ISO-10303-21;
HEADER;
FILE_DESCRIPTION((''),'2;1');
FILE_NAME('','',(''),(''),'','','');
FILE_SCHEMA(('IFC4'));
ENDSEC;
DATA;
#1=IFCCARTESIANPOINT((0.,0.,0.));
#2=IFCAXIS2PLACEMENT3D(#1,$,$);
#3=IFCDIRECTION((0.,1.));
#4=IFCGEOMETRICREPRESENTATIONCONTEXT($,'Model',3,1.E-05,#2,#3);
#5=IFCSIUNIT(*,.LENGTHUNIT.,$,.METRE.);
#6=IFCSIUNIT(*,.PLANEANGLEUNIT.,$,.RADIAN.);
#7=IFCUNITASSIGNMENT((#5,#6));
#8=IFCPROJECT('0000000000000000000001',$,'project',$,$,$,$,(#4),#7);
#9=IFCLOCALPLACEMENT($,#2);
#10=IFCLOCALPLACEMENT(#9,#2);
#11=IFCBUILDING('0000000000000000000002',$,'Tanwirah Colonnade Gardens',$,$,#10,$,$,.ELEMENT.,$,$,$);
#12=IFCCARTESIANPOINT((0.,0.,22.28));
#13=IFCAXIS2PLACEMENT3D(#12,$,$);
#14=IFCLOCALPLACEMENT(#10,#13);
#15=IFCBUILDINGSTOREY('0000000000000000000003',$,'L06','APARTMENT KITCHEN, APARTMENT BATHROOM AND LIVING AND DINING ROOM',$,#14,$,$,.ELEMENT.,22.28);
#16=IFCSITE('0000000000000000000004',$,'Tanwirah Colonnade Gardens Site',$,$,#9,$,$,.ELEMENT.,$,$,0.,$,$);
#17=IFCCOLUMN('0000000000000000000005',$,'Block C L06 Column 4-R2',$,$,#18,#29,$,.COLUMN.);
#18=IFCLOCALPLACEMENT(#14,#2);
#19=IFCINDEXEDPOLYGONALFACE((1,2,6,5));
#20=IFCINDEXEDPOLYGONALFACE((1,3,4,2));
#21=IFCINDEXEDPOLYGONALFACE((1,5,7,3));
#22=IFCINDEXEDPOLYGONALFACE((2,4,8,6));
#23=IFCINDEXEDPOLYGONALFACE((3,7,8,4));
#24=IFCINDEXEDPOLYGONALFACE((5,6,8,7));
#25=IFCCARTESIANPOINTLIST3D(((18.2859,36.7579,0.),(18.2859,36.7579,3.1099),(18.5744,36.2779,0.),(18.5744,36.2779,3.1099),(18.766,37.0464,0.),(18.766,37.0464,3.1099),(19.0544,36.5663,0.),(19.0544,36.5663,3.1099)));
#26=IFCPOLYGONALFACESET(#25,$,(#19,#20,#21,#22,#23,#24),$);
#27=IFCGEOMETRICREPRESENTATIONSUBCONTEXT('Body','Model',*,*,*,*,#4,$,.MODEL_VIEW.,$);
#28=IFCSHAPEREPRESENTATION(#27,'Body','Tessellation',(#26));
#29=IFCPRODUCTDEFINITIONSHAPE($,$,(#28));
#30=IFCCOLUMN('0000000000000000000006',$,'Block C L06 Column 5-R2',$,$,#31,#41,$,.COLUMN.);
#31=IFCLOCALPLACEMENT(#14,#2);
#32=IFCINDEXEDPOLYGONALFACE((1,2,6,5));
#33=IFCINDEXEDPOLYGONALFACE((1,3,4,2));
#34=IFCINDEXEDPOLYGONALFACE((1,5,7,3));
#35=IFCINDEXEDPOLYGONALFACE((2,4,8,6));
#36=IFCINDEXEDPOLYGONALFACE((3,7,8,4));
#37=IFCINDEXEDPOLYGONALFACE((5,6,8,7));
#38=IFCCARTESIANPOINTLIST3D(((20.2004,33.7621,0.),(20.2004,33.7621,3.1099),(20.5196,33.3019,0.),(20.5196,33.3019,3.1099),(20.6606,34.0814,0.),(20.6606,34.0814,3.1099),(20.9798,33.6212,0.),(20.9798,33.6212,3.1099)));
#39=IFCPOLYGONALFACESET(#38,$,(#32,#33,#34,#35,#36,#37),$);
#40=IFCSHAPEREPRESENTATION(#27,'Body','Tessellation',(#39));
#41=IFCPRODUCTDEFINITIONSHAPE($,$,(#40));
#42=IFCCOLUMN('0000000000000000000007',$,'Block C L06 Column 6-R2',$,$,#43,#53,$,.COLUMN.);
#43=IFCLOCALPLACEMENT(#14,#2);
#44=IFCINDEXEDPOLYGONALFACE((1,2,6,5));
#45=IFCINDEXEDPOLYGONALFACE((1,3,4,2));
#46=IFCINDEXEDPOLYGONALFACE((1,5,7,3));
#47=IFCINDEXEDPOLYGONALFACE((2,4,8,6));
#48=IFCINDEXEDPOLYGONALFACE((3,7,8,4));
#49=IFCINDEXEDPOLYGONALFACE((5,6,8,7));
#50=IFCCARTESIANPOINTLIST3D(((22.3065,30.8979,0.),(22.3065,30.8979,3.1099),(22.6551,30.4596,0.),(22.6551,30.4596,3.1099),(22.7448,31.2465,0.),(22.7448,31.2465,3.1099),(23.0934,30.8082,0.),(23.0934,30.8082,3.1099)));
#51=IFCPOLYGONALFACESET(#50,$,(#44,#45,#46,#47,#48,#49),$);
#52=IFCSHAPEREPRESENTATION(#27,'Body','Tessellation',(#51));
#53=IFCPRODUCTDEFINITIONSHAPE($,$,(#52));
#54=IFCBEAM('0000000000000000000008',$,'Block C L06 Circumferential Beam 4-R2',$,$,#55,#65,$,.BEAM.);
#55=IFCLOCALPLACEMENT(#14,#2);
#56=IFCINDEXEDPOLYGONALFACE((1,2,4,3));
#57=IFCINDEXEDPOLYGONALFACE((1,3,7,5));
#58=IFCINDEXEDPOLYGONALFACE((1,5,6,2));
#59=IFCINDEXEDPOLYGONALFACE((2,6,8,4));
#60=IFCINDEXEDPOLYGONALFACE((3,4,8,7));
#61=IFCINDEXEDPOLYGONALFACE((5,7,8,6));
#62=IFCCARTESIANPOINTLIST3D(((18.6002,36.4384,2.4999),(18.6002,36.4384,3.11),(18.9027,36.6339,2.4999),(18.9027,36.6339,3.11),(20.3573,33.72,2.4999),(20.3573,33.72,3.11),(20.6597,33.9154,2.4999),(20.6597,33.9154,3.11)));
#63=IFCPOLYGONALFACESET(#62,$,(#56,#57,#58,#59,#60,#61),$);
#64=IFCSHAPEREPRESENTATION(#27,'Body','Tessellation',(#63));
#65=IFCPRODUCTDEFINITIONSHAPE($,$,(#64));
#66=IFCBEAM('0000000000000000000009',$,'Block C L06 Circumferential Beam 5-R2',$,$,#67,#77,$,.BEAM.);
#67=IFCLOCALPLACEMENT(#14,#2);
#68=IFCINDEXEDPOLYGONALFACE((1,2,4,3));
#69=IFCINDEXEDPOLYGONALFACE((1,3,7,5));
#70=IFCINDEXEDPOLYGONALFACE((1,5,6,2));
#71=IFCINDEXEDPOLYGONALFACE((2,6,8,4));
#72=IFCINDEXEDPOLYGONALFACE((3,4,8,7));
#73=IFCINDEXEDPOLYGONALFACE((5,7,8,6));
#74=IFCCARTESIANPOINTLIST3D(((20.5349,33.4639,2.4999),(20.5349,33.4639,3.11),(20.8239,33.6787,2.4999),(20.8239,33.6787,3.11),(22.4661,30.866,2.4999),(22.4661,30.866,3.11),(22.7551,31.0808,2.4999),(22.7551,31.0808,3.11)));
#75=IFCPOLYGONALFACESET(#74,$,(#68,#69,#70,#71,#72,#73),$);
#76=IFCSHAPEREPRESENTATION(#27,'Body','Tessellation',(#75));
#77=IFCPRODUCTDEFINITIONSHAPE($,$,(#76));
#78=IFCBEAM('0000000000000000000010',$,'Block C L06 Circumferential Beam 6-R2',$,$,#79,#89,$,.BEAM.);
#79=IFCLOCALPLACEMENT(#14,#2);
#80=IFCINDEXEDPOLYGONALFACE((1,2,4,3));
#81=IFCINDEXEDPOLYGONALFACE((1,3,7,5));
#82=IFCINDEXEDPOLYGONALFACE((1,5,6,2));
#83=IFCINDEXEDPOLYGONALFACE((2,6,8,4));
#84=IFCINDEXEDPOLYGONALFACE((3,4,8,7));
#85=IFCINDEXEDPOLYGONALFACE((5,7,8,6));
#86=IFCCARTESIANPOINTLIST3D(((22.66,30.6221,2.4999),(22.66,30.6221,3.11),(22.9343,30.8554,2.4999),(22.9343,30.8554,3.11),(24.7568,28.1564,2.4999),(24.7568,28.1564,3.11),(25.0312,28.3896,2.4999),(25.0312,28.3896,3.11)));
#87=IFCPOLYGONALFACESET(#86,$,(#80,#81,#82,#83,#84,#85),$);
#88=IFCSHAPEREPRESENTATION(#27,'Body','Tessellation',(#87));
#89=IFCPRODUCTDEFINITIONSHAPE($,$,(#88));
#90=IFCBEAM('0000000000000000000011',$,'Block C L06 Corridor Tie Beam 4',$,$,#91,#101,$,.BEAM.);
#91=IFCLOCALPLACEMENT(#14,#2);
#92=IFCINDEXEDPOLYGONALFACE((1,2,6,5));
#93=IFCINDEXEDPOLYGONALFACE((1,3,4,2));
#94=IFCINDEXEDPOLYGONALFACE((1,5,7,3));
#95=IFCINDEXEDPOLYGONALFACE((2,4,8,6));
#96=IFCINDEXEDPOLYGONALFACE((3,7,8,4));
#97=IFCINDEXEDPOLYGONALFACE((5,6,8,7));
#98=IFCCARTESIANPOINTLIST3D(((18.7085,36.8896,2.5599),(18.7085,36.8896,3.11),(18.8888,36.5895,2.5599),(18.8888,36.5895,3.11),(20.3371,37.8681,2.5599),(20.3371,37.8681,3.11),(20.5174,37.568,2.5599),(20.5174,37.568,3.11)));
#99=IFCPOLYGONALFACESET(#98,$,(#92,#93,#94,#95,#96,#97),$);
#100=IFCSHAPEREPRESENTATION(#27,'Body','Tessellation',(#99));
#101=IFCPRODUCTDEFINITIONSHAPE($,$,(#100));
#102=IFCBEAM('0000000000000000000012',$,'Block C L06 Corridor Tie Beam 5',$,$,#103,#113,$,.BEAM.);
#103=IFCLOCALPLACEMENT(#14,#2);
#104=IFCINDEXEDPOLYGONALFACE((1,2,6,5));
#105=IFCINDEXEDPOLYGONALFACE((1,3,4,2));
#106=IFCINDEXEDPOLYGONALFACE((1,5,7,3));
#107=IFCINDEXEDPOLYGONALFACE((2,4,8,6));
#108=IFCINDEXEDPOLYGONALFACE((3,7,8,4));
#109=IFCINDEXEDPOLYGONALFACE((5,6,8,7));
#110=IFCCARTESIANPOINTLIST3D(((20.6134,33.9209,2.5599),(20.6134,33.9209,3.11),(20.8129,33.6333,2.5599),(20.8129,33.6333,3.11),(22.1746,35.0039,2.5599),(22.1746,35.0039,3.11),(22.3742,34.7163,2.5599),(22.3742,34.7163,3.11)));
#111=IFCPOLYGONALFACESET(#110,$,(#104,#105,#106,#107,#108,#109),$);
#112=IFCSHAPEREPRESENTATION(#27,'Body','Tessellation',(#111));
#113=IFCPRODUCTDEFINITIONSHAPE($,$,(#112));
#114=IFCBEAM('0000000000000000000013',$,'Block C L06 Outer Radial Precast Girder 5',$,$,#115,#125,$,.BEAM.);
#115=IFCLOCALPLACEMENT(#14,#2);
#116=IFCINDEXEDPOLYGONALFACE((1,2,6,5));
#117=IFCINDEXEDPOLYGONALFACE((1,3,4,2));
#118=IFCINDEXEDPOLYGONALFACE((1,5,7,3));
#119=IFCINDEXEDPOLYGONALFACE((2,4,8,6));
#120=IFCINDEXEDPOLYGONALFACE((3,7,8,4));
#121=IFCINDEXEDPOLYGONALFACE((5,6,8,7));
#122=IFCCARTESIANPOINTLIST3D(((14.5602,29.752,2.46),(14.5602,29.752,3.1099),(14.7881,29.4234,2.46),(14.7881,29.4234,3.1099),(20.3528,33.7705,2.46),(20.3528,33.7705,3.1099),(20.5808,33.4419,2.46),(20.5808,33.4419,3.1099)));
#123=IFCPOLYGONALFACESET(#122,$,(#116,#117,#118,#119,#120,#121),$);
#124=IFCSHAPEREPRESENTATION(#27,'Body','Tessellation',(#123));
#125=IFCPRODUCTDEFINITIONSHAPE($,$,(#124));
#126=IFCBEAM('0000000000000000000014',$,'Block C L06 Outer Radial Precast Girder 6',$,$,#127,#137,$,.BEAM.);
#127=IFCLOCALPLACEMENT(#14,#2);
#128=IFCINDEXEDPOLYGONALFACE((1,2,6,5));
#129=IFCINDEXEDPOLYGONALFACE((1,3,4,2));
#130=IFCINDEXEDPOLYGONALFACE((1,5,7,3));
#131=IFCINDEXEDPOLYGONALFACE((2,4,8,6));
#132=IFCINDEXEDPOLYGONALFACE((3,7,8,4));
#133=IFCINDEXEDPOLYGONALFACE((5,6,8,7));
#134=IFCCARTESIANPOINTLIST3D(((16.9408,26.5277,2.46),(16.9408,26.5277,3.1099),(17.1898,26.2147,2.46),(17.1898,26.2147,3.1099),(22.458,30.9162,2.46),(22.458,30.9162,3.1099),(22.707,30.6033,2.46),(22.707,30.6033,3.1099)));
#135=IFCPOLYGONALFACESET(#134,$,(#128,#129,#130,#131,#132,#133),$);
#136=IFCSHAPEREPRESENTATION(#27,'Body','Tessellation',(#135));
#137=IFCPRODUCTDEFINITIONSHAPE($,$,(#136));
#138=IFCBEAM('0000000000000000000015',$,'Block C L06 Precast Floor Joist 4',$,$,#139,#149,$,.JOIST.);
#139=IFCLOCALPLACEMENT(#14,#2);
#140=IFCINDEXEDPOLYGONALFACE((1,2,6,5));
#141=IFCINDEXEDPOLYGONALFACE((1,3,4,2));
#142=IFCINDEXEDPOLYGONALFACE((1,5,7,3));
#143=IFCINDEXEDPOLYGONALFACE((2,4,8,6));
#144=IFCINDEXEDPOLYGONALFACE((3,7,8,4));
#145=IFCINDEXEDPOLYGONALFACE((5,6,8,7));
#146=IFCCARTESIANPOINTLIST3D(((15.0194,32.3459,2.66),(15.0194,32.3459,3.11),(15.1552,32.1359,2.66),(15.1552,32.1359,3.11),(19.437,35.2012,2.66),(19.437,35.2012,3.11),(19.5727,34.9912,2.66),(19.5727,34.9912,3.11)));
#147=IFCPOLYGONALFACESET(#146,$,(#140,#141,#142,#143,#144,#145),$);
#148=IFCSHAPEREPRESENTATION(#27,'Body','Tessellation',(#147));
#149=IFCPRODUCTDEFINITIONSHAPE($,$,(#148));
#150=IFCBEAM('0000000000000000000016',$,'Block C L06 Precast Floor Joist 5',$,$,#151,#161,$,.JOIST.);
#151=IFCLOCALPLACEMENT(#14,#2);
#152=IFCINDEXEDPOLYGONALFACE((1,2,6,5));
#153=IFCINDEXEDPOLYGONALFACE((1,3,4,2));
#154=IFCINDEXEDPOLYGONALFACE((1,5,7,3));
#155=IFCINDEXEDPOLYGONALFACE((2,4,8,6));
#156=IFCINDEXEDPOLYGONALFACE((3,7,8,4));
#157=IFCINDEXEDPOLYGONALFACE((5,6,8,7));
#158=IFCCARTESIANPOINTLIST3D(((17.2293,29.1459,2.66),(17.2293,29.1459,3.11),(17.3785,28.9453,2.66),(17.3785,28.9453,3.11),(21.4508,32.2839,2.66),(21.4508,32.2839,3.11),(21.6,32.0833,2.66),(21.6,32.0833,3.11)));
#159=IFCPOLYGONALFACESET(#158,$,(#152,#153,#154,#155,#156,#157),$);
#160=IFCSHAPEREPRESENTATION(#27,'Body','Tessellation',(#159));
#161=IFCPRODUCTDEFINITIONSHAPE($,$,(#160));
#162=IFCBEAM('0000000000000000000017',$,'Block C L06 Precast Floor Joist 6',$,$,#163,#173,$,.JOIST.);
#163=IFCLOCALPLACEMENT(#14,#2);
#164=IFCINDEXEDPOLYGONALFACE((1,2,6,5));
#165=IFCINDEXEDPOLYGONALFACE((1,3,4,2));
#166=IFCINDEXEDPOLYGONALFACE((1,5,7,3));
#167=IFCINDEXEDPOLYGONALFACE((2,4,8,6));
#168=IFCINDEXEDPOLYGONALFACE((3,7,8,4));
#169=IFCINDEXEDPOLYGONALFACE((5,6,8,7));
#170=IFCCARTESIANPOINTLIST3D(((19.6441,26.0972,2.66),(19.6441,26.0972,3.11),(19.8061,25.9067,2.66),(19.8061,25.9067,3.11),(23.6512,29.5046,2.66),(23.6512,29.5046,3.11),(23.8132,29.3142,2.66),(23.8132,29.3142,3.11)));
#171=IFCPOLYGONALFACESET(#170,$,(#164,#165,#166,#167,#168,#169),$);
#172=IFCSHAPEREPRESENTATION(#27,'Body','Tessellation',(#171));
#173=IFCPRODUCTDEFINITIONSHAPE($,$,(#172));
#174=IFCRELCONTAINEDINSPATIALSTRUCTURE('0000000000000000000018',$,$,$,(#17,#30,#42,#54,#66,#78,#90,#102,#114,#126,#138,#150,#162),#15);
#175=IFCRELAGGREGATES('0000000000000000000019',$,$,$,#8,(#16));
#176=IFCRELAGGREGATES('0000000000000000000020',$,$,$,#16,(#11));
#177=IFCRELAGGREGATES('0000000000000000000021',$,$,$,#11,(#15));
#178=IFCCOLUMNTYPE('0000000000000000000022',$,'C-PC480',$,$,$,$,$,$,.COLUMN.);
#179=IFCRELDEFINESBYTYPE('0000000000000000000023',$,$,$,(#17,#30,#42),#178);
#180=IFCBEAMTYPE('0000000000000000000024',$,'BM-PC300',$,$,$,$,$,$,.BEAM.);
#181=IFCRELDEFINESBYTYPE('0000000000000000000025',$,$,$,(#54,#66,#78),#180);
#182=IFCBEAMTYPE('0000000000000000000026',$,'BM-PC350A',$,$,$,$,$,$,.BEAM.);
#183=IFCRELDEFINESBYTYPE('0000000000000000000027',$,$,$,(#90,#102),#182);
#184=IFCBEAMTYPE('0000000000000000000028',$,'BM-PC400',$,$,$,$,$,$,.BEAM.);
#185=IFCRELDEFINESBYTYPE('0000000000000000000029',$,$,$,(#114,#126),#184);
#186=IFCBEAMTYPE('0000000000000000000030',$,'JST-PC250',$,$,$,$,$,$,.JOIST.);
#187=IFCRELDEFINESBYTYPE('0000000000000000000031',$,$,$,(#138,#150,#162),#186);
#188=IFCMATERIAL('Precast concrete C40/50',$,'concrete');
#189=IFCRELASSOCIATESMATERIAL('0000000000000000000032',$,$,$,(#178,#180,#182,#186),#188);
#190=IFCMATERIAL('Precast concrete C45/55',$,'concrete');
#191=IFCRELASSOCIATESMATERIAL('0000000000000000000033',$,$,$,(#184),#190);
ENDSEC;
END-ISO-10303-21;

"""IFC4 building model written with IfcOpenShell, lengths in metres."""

from ifc_helpers import new_model, si_unit, direction, frame, origin, origin_2d, place, context, subcontext, project, spatial, rectangle, extrude, material, material_profile, profile_set, type_object, element, save


model = new_model("IFC4")

# Units and contexts
model_context = context("Model", 3, precision=1e-05, world=origin(), true_north=direction((0.0, 1.0)))
body_context = subcontext(model_context, "Body", "Model", "MODEL_VIEW")
ifc_project = project(units=[si_unit("LENGTHUNIT", "METRE"), si_unit("PLANEANGLEUNIT", "RADIAN")], contexts=[model_context])

# Site, building, storey
site_placement = place(None, origin())
site = spatial("IfcSite", under=ifc_project, at=site_placement, Name="Tanwirah Colonnade Gardens Site", CompositionType="ELEMENT", RefElevation=0.0)
building_placement = place(site_placement, origin())
building = spatial("IfcBuilding", under=site, at=building_placement, Name="Tanwirah Colonnade Gardens", CompositionType="ELEMENT")
storey_placement = place(building_placement, frame((0.0, 0.0, 22.28)))
storey = spatial("IfcBuildingStorey", under=building, at=storey_placement, Name="L06", Description="APARTMENT KITCHEN, APARTMENT BATHROOM AND LIVING AND DINING ROOM", CompositionType="ELEMENT", Elevation=22.28)

# Columns
ifc_material_1 = material(Name="Precast concrete C40/50", Category="concrete")
ifc_material_profile_1 = material_profile(ifc_material_1, rectangle(XDim=0.5601, YDim=0.5601, at=origin_2d()), Name="PC-COL 560x560")
ifc_profile_set_1 = profile_set([ifc_material_profile_1], Name="Precast concrete C40/50")
column_type = type_object("IfcColumnType", Name="C-PC480", PredefinedType="COLUMN", material=ifc_profile_set_1)
for number, where, z_axis, x_axis, name in (
    (1, (18.6702, 36.6621, 0.0), (0.0, 0.0, 1.0), (-0.857167, -0.515038, 0.0), "Block C L06 Column 4-R2"),
    (2, (20.5901, 33.6917, 0.0), (0.0, 0.0, 1.0), (-0.821647, -0.569997, 0.0), "Block C L06 Column 5-R2"),
    (3, (22.7, 30.853, 0.0), (0.0, 0.0, 1.0), (-0.782608, -0.622515, 0.0), "Block C L06 Column 6-R2"),
):
    element("IfcColumn", number, at=place(storey_placement, frame(where, z_axis=z_axis, x_axis=x_axis)), inside=storey, type_object=column_type, Name=name, PredefinedType="COLUMN", context=body_context, shape_type="SweptSolid", body=[
        extrude(rectangle(XDim=0.5601, YDim=0.5601, at=origin_2d()), origin(), (0.0, 0.0, 1.0), 3.1099),
    ])

# Beams
ifc_material_profile_2 = material_profile(ifc_material_1, rectangle(XDim=0.3601, YDim=0.6101, at=origin_2d()), Name="PC-BM 360x610")
ifc_profile_set_2 = profile_set([ifc_material_profile_2], Name="Precast concrete C40/50")
beam_type_1 = type_object("IfcBeamType", Name="BM-PC300", PredefinedType="BEAM", material=ifc_profile_set_2)
beam_1_placement = place(storey_placement, frame((18.7515, 36.5361, 2.8049), z_axis=(0.542826, -0.839845, 0.0), x_axis=(0.839845, 0.542826, 0.0)))
element("IfcBeam", 4, at=beam_1_placement, inside=storey, type_object=beam_type_1, Name="Block C L06 Circumferential Beam 4-R2", PredefinedType="BEAM", context=body_context, shape_type="SweptSolid", body=[
    extrude(rectangle(XDim=0.3601, YDim=0.6101, at=origin_2d()), origin(), (0.0, 0.0, 1.0), 3.2368),
])
beam_2_placement = place(storey_placement, frame((20.6794, 33.5713, 2.8049), z_axis=(0.596579, -0.802554, 0.0), x_axis=(0.802554, 0.596579, 0.0)))
element("IfcBeam", 5, at=beam_2_placement, inside=storey, type_object=beam_type_1, Name="Block C L06 Circumferential Beam 5-R2", PredefinedType="BEAM", context=body_context, shape_type="SweptSolid", body=[
    extrude(rectangle(XDim=0.3601, YDim=0.6101, at=origin_2d()), origin(), (0.0, 0.0, 1.0), 3.2371),
])
beam_3_placement = place(storey_placement, frame((22.7971, 30.7388, 2.8049), z_axis=(0.647824, -0.76179, 0.0), x_axis=(0.76179, 0.647824, 0.0)))
element("IfcBeam", 6, at=beam_3_placement, inside=storey, type_object=beam_type_1, Name="Block C L06 Circumferential Beam 6-R2", PredefinedType="BEAM", context=body_context, shape_type="SweptSolid", body=[
    extrude(rectangle(XDim=0.3601, YDim=0.6101, at=origin_2d()), origin(), (0.0, 0.0, 1.0), 3.2368),
])
ifc_material_profile_3 = material_profile(ifc_material_1, rectangle(XDim=0.3501, YDim=0.55, at=origin_2d()), Name="PC-BM 350x550")
ifc_profile_set_3 = profile_set([ifc_material_profile_3], Name="Precast concrete C40/50")
beam_type_2 = type_object("IfcBeamType", Name="BM-PC350A", PredefinedType="BEAM", material=ifc_profile_set_3)
beam_4_placement = place(storey_placement, frame((20.4272, 37.718, 2.835), z_axis=(-0.857187, -0.515006, 0.0), x_axis=(0.515006, -0.857187, 0.0)))
element("IfcBeam", 7, at=beam_4_placement, inside=storey, type_object=beam_type_2, Name="Block C L06 Corridor Tie Beam 4", PredefinedType="BEAM", context=body_context, shape_type="SweptSolid", body=[
    extrude(rectangle(XDim=0.3501, YDim=0.55, at=origin_2d()), origin(), (0.0, 0.0, 1.0), 1.8999),
])
beam_5_placement = place(storey_placement, frame((22.2744, 34.8601, 2.835), z_axis=(-0.821669, -0.569965, 0.0), x_axis=(0.569965, -0.821669, 0.0)))
element("IfcBeam", 8, at=beam_5_placement, inside=storey, type_object=beam_type_2, Name="Block C L06 Corridor Tie Beam 5", PredefinedType="BEAM", context=body_context, shape_type="SweptSolid", body=[
    extrude(rectangle(XDim=0.3501, YDim=0.55, at=origin_2d()), origin(), (0.0, 0.0, 1.0), 1.9001),
])
ifc_material_2 = material(Name="Precast concrete C45/55", Category="concrete")
ifc_material_profile_4 = material_profile(ifc_material_2, rectangle(XDim=0.3999, YDim=0.6499, at=origin_2d()), Name="PC-BM 400x650")
ifc_profile_set_4 = profile_set([ifc_material_profile_4], Name="Precast concrete C45/55")
beam_type_3 = type_object("IfcBeamType", Name="BM-PC400", PredefinedType="BEAM", material=ifc_profile_set_4)
beam_6_placement = place(storey_placement, frame((20.4668, 33.6062, 2.7849), z_axis=(-0.821647, -0.569997, 0.0), x_axis=(0.569997, -0.821647, 0.0)))
element("IfcBeam", 9, at=beam_6_placement, inside=storey, type_object=beam_type_3, Name="Block C L06 Outer Radial Precast Girder 5", PredefinedType="BEAM", context=body_context, shape_type="SweptSolid", body=[
    extrude(rectangle(XDim=0.3999, YDim=0.6499, at=origin_2d()), origin(), (0.0, 0.0, 1.0), 7.05),
])
beam_7_placement = place(storey_placement, frame((22.5825, 30.7598, 2.7849), z_axis=(-0.782609, -0.622513, 0.0), x_axis=(0.622513, -0.782609, 0.0)))
element("IfcBeam", 10, at=beam_7_placement, inside=storey, type_object=beam_type_3, Name="Block C L06 Outer Radial Precast Girder 6", PredefinedType="BEAM", context=body_context, shape_type="SweptSolid", body=[
    extrude(rectangle(XDim=0.3999, YDim=0.6499, at=origin_2d()), origin(), (0.0, 0.0, 1.0), 7.0498),
])
ifc_material_profile_5 = material_profile(ifc_material_1, rectangle(XDim=0.25, YDim=0.45, at=origin_2d()), Name="PC-JST 250x450")
ifc_profile_set_5 = profile_set([ifc_material_profile_5], Name="Precast concrete C40/50")
beam_type_4 = type_object("IfcBeamType", Name="JST-PC250", PredefinedType="JOIST", material=ifc_profile_set_5)
for number, where, z_axis, x_axis, name in (
    (11, (19.5049, 35.0962, 2.885), (-0.839843, -0.54283, 0.0), (0.54283, -0.839843, 0.0), "Block C L06 Precast Floor Joist 4"),
    (12, (21.5254, 32.1836, 2.885), (-0.80256, -0.596571, 0.0), (0.596571, -0.80256, 0.0), "Block C L06 Precast Floor Joist 5"),
    (13, (23.7322, 29.4094, 2.885), (-0.761803, -0.647809, 0.0), (0.647809, -0.761803, 0.0), "Block C L06 Precast Floor Joist 6"),
):
    element("IfcBeam", number, at=place(storey_placement, frame(where, z_axis=z_axis, x_axis=x_axis)), inside=storey, type_object=beam_type_4, Name=name, PredefinedType="JOIST", context=body_context, shape_type="SweptSolid", body=[
        extrude(rectangle(XDim=0.25, YDim=0.45, at=origin_2d()), origin(), (0.0, 0.0, 1.0), 5.26),
    ])

save(model, "model.ifc")
